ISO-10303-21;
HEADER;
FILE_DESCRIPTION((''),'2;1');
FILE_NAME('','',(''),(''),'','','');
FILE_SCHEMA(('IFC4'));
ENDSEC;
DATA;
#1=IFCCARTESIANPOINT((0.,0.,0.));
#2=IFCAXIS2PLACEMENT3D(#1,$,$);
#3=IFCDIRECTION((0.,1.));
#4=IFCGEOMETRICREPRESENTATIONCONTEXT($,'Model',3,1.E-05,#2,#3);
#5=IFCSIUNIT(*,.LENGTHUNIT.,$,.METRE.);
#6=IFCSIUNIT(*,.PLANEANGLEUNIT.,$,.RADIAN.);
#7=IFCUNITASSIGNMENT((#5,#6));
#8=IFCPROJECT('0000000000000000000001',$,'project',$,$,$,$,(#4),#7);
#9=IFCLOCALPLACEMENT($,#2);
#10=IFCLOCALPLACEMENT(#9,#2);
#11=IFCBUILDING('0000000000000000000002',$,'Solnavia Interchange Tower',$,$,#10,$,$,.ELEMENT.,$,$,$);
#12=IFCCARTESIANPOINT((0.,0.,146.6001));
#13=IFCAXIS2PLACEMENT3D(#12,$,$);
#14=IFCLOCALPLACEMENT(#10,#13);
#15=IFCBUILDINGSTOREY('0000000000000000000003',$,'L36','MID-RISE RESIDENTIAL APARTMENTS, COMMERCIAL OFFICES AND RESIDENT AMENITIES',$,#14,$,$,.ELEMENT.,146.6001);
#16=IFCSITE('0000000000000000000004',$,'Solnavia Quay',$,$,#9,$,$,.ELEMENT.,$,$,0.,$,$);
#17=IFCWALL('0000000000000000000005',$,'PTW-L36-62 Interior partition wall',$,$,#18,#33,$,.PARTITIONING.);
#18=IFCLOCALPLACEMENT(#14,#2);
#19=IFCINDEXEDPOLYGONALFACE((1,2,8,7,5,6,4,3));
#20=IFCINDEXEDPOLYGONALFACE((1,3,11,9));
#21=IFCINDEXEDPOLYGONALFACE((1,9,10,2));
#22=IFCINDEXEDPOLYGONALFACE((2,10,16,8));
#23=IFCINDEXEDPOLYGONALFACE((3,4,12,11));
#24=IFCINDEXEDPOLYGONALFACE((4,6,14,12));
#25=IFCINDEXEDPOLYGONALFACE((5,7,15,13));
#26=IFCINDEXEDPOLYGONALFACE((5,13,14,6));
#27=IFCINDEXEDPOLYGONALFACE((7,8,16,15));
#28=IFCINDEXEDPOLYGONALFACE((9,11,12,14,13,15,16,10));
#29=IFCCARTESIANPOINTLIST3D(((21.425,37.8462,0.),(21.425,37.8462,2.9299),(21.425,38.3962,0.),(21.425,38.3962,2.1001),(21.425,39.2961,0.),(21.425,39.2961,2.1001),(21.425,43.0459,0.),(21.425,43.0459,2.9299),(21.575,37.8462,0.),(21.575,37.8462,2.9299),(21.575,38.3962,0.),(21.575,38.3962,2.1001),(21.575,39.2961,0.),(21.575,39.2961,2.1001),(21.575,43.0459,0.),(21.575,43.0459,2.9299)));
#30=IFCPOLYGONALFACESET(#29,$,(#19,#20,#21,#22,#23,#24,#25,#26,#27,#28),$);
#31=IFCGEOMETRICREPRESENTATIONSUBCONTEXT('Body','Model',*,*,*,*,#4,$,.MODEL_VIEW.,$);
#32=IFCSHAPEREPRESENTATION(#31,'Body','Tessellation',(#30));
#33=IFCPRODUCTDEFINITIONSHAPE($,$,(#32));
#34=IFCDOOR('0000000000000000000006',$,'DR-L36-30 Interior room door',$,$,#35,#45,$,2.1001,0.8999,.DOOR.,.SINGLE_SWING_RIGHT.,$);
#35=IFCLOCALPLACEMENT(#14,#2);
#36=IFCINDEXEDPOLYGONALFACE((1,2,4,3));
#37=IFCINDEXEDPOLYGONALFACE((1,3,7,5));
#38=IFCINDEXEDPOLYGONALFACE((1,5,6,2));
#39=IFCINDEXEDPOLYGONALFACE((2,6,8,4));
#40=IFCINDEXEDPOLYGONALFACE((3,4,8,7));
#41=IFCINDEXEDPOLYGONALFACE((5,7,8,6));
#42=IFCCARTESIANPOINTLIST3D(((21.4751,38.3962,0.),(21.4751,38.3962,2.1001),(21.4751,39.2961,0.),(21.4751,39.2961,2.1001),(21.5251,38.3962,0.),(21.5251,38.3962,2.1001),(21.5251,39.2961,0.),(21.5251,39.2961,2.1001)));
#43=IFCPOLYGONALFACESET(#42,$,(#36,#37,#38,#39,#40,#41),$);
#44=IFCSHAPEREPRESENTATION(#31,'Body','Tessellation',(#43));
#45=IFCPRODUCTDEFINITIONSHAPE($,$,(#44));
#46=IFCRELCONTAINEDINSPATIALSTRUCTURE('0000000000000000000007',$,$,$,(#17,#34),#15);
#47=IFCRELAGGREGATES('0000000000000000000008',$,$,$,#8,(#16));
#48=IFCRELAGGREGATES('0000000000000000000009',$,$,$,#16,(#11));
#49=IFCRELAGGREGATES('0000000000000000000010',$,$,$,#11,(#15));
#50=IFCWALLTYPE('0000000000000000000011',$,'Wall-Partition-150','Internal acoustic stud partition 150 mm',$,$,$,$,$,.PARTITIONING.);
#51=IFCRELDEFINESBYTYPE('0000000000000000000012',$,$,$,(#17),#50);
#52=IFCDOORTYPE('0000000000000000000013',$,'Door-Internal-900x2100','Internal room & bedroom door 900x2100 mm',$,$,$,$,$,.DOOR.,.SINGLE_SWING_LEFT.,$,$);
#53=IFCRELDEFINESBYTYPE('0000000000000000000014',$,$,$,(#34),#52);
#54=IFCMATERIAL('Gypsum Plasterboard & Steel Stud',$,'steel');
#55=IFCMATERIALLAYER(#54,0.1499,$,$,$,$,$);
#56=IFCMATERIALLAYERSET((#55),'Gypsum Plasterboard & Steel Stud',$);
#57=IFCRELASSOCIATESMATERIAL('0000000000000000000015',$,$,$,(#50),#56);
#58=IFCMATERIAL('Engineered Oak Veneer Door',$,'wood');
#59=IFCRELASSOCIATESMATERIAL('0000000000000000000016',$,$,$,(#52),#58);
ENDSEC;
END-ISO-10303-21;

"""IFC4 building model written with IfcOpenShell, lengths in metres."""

from ifc_helpers import new_model, si_unit, direction, frame, frame_2d, origin, place, context, subcontext, project, spatial, rectangle, extrude, material, layer, layer_set, type_object, element, fill, save


model = new_model("IFC4")

# Units and contexts
model_context = context("Model", 3, precision=1e-05, world=origin(), true_north=direction((0.0, 1.0)))
body_context = subcontext(model_context, "Body", "Model", "MODEL_VIEW")
ifc_project = project(units=[si_unit("LENGTHUNIT", "METRE"), si_unit("PLANEANGLEUNIT", "RADIAN")], contexts=[model_context])

# Site, building, storey
site_placement = place(None, origin())
site = spatial("IfcSite", under=ifc_project, at=site_placement, Name="Solnavia Quay", CompositionType="ELEMENT", RefElevation=0.0)
building_placement = place(site_placement, origin())
building = spatial("IfcBuilding", under=site, at=building_placement, Name="Solnavia Interchange Tower", CompositionType="ELEMENT")
storey_placement = place(building_placement, frame((0.0, 0.0, 146.6001)))
storey = spatial("IfcBuildingStorey", under=building, at=storey_placement, Name="L36", Description="MID-RISE RESIDENTIAL APARTMENTS, COMMERCIAL OFFICES AND RESIDENT AMENITIES", CompositionType="ELEMENT", Elevation=146.6001)

# Wall, opening, door
ifc_material_1 = material(Name="Gypsum Plasterboard & Steel Stud", Category="steel")
ifc_layer_1 = layer(ifc_material_1, 0.1499)
ifc_layer_set_1 = layer_set([ifc_layer_1], Name="Gypsum Plasterboard & Steel Stud")
wall_type_1 = type_object("IfcWallType", Name="Wall-Partition-150", Description="Internal acoustic stud partition 150 mm", PredefinedType="PARTITIONING", material=ifc_layer_set_1)
wall_1_placement = place(storey_placement, frame((21.5, 37.8462, 0.0), z_axis=(0.0, 0.0, 1.0), x_axis=(0.0, 1.0, 0.0)))
wall_1 = element("IfcWall", 1, at=wall_1_placement, inside=storey, type_object=wall_type_1, Name="PTW-L36-62 Interior partition wall", PredefinedType="PARTITIONING", context=body_context, shape_type="SweptSolid", body=[
    extrude(rectangle(XDim=5.1997, YDim=0.1499, at=frame_2d((2.5999, 0.0))), origin(), (0.0, 0.0, 1.0), 2.9299),
])
opening_1_placement = place(wall_1_placement, frame((0.55, 0.0, 0.0)))
opening_1 = element("IfcOpeningElement", 2, at=opening_1_placement, cuts=wall_1, PredefinedType="OPENING", context=body_context, shape_type="SweptSolid", body=[
    extrude(rectangle(XDim=0.8999, YDim=2.1001, at=frame_2d((0.45, 1.05))), frame((0.0, 0.085, 0.0), z_axis=(0.0, -1.0, 0.0), x_axis=(1.0, 0.0, 0.0)), (0.0, 0.0, 1.0), 0.1699),
])
ifc_material_2 = material(Name="Engineered Oak Veneer Door", Category="wood")
door_type = type_object("IfcDoorType", Name="Door-Internal-900x2100", Description="Internal room & bedroom door 900x2100 mm", OperationType="SINGLE_SWING_LEFT", PredefinedType="DOOR", material=ifc_material_2)
door_placement = place(opening_1_placement, origin())
door = element("IfcDoor", 3, at=door_placement, inside=storey, type_object=door_type, Name="DR-L36-30 Interior room door", OperationType="SINGLE_SWING_RIGHT", OverallHeight=2.1001, OverallWidth=0.8999, PredefinedType="DOOR", context=body_context, shape_type="SweptSolid", body=[
    extrude(rectangle(XDim=0.8999, YDim=2.1001, at=frame_2d((0.45, 1.05))), frame((0.0, 0.0249, 0.0), z_axis=(0.0, -1.0, 0.0), x_axis=(1.0, 0.0, 0.0)), (0.0, 0.0, 1.0), 0.05),
])
fill(opening_1, door)

save(model, "model.ifc")
